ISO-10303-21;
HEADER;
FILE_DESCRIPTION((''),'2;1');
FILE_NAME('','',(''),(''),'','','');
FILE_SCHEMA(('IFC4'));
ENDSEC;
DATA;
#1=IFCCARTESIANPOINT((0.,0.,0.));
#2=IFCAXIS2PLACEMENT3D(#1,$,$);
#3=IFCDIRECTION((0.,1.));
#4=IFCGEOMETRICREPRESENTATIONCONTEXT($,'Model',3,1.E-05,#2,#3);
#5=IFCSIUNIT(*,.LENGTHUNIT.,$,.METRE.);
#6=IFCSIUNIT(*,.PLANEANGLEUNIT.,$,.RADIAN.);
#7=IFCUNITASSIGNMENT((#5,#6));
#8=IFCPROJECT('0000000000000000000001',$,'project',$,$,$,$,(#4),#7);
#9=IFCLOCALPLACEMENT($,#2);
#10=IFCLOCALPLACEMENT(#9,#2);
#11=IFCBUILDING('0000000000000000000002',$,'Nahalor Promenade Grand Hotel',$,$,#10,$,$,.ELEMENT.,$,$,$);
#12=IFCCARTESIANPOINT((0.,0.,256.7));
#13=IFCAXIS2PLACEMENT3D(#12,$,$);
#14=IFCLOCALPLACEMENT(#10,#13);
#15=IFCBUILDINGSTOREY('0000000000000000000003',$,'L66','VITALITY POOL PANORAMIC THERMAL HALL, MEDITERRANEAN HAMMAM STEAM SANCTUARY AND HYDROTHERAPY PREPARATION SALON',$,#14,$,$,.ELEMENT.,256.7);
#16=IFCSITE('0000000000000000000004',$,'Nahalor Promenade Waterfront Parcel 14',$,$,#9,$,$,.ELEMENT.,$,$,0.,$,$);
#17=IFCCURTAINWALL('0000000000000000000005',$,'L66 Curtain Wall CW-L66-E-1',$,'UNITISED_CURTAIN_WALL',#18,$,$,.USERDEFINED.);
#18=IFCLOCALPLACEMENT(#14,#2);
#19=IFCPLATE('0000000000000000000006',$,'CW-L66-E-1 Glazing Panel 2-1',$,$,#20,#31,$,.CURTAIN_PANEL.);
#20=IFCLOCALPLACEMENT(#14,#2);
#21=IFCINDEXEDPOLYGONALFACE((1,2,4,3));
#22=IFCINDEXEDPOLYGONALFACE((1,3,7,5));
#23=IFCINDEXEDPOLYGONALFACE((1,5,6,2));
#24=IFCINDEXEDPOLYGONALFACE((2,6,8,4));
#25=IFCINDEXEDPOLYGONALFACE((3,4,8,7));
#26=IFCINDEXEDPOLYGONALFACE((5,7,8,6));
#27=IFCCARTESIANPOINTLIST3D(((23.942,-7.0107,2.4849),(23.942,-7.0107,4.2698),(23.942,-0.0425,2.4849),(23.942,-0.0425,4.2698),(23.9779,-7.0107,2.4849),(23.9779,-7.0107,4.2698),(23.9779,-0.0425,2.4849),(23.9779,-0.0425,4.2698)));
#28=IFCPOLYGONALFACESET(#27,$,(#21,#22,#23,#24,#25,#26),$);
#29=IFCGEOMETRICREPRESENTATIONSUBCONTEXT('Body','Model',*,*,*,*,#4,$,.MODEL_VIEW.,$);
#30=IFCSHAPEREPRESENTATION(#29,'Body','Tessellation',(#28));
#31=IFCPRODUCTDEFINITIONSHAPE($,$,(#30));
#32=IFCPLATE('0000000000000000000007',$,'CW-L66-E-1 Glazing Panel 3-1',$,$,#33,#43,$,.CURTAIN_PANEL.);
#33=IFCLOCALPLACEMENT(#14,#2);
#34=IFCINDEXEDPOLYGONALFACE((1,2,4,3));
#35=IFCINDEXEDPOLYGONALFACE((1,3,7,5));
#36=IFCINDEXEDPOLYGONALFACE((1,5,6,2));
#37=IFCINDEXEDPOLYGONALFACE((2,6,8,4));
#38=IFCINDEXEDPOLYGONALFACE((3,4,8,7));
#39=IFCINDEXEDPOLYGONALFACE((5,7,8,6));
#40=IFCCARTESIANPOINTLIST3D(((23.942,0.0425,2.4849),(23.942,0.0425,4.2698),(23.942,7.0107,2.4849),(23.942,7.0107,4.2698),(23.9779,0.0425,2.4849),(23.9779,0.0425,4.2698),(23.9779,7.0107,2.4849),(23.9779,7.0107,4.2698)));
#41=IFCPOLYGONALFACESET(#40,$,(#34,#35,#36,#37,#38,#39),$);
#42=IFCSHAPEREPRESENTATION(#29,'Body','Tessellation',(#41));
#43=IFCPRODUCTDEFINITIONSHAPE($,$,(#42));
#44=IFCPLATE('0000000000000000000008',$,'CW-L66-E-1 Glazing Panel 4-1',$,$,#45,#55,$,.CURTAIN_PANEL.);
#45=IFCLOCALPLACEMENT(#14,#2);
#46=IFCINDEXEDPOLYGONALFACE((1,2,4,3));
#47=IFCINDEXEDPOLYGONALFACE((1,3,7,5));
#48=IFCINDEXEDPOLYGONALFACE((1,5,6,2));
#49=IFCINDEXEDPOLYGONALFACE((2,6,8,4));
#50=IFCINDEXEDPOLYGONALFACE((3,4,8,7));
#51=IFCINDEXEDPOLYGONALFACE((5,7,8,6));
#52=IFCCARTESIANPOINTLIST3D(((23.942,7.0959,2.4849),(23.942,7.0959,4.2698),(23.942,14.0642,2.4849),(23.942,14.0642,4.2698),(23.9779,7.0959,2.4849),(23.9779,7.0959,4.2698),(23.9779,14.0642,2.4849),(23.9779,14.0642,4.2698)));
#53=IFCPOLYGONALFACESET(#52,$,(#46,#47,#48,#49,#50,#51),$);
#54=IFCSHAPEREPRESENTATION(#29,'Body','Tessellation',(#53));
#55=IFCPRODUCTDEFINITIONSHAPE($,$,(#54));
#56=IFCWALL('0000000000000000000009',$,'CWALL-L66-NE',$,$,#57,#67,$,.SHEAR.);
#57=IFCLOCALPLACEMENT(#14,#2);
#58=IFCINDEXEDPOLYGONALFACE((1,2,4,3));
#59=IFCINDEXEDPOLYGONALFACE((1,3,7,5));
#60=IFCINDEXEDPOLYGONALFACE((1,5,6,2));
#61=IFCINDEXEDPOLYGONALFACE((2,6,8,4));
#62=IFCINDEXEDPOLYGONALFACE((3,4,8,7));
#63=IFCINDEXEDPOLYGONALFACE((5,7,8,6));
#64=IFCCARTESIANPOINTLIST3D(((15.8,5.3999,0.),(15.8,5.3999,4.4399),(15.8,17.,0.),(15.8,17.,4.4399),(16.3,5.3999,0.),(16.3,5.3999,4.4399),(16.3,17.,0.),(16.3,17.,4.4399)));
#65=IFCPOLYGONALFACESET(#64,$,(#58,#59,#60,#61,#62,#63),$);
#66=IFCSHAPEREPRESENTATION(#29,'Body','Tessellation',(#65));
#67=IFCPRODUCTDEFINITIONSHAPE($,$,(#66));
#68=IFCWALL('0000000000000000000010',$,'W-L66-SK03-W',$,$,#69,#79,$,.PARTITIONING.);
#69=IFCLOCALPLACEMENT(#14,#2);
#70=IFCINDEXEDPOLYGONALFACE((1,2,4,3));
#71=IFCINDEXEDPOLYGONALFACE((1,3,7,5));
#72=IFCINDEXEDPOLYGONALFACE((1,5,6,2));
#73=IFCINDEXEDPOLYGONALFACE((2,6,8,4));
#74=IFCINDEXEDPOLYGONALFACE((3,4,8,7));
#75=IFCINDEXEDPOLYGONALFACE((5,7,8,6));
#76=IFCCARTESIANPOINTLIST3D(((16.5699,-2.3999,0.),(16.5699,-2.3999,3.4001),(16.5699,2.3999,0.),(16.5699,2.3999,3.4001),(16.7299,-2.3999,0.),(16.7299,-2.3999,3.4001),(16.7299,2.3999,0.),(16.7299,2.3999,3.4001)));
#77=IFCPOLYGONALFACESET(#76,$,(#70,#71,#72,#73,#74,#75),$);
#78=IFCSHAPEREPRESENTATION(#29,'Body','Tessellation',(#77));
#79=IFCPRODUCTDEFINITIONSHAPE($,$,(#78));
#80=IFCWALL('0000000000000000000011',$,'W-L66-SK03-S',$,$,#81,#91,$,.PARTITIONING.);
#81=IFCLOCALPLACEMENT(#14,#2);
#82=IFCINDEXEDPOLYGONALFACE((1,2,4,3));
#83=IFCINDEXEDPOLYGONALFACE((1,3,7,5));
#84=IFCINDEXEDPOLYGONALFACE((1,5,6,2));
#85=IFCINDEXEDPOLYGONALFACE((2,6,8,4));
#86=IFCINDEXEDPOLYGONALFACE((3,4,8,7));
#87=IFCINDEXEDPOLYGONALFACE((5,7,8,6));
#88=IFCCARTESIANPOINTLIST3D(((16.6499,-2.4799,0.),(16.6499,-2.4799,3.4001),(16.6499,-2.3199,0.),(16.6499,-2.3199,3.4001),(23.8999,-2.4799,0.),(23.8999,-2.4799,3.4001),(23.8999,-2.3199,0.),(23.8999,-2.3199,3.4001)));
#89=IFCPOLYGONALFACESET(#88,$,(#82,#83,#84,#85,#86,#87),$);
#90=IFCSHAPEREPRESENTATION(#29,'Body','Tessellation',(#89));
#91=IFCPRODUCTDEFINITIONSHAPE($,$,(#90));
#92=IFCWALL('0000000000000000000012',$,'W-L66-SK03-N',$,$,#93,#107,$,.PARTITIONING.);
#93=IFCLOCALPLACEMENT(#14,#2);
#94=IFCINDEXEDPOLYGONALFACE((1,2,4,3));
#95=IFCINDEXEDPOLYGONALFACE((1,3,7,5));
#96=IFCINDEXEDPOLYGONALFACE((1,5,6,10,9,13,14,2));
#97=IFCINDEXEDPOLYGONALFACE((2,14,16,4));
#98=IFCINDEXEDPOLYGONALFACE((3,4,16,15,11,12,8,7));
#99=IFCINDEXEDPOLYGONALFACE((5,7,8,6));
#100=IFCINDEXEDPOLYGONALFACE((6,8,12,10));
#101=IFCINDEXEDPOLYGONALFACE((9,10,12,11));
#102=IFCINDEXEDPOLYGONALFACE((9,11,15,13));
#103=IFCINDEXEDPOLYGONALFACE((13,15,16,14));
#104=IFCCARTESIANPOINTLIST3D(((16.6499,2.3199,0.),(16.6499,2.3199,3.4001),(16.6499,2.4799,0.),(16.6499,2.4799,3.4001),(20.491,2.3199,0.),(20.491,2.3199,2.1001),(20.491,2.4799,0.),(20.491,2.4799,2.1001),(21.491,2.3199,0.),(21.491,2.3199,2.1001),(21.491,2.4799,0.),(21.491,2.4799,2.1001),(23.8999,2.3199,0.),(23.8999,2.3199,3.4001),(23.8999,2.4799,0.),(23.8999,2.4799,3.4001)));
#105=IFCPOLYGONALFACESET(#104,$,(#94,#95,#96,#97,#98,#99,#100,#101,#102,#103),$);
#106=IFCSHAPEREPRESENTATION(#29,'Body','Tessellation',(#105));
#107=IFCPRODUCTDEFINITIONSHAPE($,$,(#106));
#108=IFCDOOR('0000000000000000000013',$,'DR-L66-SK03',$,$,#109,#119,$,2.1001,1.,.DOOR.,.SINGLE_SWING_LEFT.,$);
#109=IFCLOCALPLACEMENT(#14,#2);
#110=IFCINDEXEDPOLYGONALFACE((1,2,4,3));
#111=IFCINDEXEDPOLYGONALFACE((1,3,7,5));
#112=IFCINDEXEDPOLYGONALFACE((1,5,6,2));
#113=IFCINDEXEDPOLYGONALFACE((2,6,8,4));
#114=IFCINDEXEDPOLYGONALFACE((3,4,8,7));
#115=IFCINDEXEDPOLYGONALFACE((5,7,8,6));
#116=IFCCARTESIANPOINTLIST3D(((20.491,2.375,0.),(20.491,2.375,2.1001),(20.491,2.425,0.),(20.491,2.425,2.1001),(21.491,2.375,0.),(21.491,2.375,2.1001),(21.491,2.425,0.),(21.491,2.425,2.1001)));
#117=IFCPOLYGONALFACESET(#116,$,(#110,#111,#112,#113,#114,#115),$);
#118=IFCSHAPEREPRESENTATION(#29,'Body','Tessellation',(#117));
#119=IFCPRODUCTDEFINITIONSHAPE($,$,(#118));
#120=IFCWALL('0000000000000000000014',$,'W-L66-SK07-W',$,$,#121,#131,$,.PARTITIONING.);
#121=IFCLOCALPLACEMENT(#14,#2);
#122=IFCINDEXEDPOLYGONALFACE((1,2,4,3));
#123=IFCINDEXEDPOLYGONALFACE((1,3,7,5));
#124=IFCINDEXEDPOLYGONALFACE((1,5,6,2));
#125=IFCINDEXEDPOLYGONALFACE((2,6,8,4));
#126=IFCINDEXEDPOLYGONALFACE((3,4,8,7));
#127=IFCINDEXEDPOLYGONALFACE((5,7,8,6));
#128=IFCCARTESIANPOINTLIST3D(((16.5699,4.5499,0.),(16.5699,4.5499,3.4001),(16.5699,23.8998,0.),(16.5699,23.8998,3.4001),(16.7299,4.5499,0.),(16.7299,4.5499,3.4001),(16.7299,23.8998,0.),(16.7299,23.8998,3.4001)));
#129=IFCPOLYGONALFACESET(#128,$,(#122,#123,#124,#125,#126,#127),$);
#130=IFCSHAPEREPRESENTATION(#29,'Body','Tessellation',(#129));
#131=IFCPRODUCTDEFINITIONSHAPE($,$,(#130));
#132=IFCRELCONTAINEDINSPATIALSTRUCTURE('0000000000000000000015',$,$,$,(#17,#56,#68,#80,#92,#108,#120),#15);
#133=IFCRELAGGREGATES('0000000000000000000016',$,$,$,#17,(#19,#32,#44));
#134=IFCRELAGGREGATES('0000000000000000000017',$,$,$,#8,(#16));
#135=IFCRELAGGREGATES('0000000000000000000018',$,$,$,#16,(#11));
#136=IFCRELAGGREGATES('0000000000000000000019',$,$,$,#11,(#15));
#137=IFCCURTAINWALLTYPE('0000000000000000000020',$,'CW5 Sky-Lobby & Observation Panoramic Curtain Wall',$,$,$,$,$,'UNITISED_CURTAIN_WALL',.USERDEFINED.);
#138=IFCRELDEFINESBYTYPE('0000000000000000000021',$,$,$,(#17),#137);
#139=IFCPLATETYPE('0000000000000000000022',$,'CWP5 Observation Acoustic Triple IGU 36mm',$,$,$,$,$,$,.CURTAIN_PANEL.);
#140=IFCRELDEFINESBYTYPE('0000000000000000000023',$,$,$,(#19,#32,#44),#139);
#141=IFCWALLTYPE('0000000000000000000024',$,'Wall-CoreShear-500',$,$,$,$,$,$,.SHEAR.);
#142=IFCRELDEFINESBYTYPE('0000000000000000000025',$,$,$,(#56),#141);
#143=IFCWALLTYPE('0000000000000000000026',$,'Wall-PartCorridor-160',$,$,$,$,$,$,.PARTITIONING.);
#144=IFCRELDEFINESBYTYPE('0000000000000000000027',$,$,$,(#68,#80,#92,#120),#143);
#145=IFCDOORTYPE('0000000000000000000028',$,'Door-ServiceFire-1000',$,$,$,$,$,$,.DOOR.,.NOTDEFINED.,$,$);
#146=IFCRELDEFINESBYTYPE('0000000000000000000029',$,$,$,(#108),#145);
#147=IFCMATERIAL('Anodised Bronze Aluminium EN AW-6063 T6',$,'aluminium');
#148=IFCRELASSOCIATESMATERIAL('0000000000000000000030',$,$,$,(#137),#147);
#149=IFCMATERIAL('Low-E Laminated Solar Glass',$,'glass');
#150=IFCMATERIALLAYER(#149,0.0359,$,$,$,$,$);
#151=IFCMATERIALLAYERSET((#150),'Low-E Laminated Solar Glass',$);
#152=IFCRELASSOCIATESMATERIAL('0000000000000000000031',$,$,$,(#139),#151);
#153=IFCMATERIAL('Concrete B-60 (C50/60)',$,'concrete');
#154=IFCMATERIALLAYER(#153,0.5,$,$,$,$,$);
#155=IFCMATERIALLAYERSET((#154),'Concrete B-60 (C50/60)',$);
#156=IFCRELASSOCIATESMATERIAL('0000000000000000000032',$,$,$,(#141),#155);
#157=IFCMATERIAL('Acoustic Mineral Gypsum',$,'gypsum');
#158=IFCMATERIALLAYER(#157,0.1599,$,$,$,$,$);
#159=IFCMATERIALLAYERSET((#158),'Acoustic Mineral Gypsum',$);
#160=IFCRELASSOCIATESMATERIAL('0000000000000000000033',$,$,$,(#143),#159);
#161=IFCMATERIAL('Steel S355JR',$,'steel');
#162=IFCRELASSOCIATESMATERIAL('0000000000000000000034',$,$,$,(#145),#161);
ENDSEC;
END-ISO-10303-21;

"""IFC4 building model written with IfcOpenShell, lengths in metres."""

from ifc_helpers import new_model, si_unit, direction, frame, frame_2d, origin, origin_2d, place, context, subcontext, project, spatial, rectangle, extrude, source, transform, mapped, material, layer, layer_set, type_object, element, fill, aggregate, save


model = new_model("IFC4")

# Units and contexts
model_context = context("Model", 3, precision=1e-05, world=origin(), true_north=direction((0.0, 1.0)))
body_context = subcontext(model_context, "Body", "Model", "MODEL_VIEW")
ifc_project = project(units=[si_unit("LENGTHUNIT", "METRE"), si_unit("PLANEANGLEUNIT", "RADIAN")], contexts=[model_context])

# Site, building, storey
site_placement = place(None, origin())
site = spatial("IfcSite", under=ifc_project, at=site_placement, Name="Nahalor Promenade Waterfront Parcel 14", CompositionType="ELEMENT", RefElevation=0.0)
building_placement = place(site_placement, origin())
building = spatial("IfcBuilding", under=site, at=building_placement, Name="Nahalor Promenade Grand Hotel", CompositionType="ELEMENT")
storey_placement = place(building_placement, frame((0.0, 0.0, 256.7)))
storey = spatial("IfcBuildingStorey", under=building, at=storey_placement, Name="L66", Description="VITALITY POOL PANORAMIC THERMAL HALL, MEDITERRANEAN HAMMAM STEAM SANCTUARY AND HYDROTHERAPY PREPARATION SALON", CompositionType="ELEMENT", Elevation=256.7)

# Shared definitions
ifc_material_1 = material(Name="Steel S355JR", Category="steel")

# Curtain wall, plates
ifc_material_2 = material(Name="Anodised Bronze Aluminium EN AW-6063 T6", Category="aluminium")
curtain_wall_type = type_object("IfcCurtainWallType", Name="CW5 Sky-Lobby & Observation Panoramic Curtain Wall", ElementType="UNITISED_CURTAIN_WALL", PredefinedType="USERDEFINED", material=ifc_material_2)
curtain_wall_placement = place(storey_placement, origin())
curtain_wall = element("IfcCurtainWall", 1, at=curtain_wall_placement, inside=storey, type_object=curtain_wall_type, Name="L66 Curtain Wall CW-L66-E-1", ObjectType="UNITISED_CURTAIN_WALL", PredefinedType="USERDEFINED")
ifc_material_3 = material(Name="Low-E Laminated Solar Glass", Category="glass")
ifc_layer_1 = layer(ifc_material_3, 0.0359)
ifc_layer_set_1 = layer_set([ifc_layer_1], Name="Low-E Laminated Solar Glass")
plate_type = type_object("IfcPlateType", Name="CWP5 Observation Acoustic Triple IGU 36mm", PredefinedType="CURTAIN_PANEL", material=ifc_layer_set_1)
shared_shape_1 = source(origin(), body_context, "Body", "SweptSolid", [
    extrude(rectangle(XDim=6.9683, YDim=0.0359, at=origin_2d()), origin(), (0.0, 0.0, 1.0), 1.7849),
])
plate_1_placement = place(storey_placement, frame((23.96, -3.5266, 2.4849), z_axis=(0.0, 0.0, 1.0), x_axis=(0.0, 1.0, 0.0)))
plate_1 = element("IfcPlate", 2, at=plate_1_placement, type_object=plate_type, Name="CW-L66-E-1 Glazing Panel 2-1", PredefinedType="CURTAIN_PANEL", context=body_context, shape_type="MappedRepresentation", body=[
    mapped(shared_shape_1, transform((0.0, 0.0, 0.0), scale=1.0)),
])
plate_2_placement = place(storey_placement, frame((23.96, 3.5266, 2.4849), z_axis=(0.0, 0.0, 1.0), x_axis=(0.0, 1.0, 0.0)))
plate_2 = element("IfcPlate", 3, at=plate_2_placement, type_object=plate_type, Name="CW-L66-E-1 Glazing Panel 3-1", PredefinedType="CURTAIN_PANEL", context=body_context, shape_type="MappedRepresentation", body=[
    mapped(shared_shape_1, transform((0.0, 0.0, 0.0), scale=1.0)),
])
plate_3_placement = place(storey_placement, frame((23.96, 10.5801, 2.4849), z_axis=(0.0, 0.0, 1.0), x_axis=(0.0, 1.0, 0.0)))
plate_3 = element("IfcPlate", 4, at=plate_3_placement, type_object=plate_type, Name="CW-L66-E-1 Glazing Panel 4-1", PredefinedType="CURTAIN_PANEL", context=body_context, shape_type="MappedRepresentation", body=[
    mapped(shared_shape_1, transform((0.0, 0.0, 0.0), scale=1.0)),
])
aggregate(curtain_wall, [plate_1, plate_2, plate_3])

# Walls
ifc_material_4 = material(Name="Concrete B-60 (C50/60)", Category="concrete")
ifc_layer_2 = layer(ifc_material_4, 0.5)
ifc_layer_set_2 = layer_set([ifc_layer_2], Name="Concrete B-60 (C50/60)")
wall_type_1 = type_object("IfcWallType", Name="Wall-CoreShear-500", PredefinedType="SHEAR", material=ifc_layer_set_2)
shared_shape_2 = source(origin(), body_context, "Body", "SweptSolid", [
    extrude(rectangle(XDim=11.6001, YDim=0.5, at=frame_2d((5.8, 0.0))), origin(), (0.0, 0.0, 1.0), 4.4399),
])
wall_1_placement = place(storey_placement, frame((16.05, 5.3999, 0.0), z_axis=(0.0, 0.0, 1.0), x_axis=(0.0, 1.0, 0.0)))
element("IfcWall", 5, at=wall_1_placement, inside=storey, type_object=wall_type_1, Name="CWALL-L66-NE", PredefinedType="SHEAR", context=body_context, shape_type="MappedRepresentation", body=[
    mapped(shared_shape_2, transform((0.0, 0.0, 0.0), scale=1.0)),
])
ifc_material_5 = material(Name="Acoustic Mineral Gypsum", Category="gypsum")
ifc_layer_3 = layer(ifc_material_5, 0.1599)
ifc_layer_set_3 = layer_set([ifc_layer_3], Name="Acoustic Mineral Gypsum")
wall_type_2 = type_object("IfcWallType", Name="Wall-PartCorridor-160", PredefinedType="PARTITIONING", material=ifc_layer_set_3)
shared_shape_3 = source(origin(), body_context, "Body", "SweptSolid", [
    extrude(rectangle(XDim=4.7998, YDim=0.1599, at=frame_2d((2.3999, 0.0))), origin(), (0.0, 0.0, 1.0), 3.4001),
])
wall_2_placement = place(storey_placement, frame((16.6499, -2.3999, 0.0), z_axis=(0.0, 0.0, 1.0), x_axis=(0.0, 1.0, 0.0)))
element("IfcWall", 6, at=wall_2_placement, inside=storey, type_object=wall_type_2, Name="W-L66-SK03-W", PredefinedType="PARTITIONING", context=body_context, shape_type="MappedRepresentation", body=[
    mapped(shared_shape_3, transform((0.0, 0.0, 0.0), scale=1.0)),
])
shared_shape_4 = source(origin(), body_context, "Body", "SweptSolid", [
    extrude(rectangle(XDim=7.25, YDim=0.1599, at=frame_2d((3.625, 0.0))), origin(), (0.0, 0.0, 1.0), 3.4001),
])
wall_3_placement = place(storey_placement, frame((16.6499, -2.3999, 0.0), z_axis=(0.0, 0.0, 1.0), x_axis=(1.0, 0.0, 0.0)))
element("IfcWall", 7, at=wall_3_placement, inside=storey, type_object=wall_type_2, Name="W-L66-SK03-S", PredefinedType="PARTITIONING", context=body_context, shape_type="MappedRepresentation", body=[
    mapped(shared_shape_4, transform((0.0, 0.0, 0.0), scale=1.0)),
])

# Wall, opening, door
wall_4_placement = place(storey_placement, frame((16.6499, 2.3999, 0.0), z_axis=(0.0, 0.0, 1.0), x_axis=(1.0, 0.0, 0.0)))
wall_4 = element("IfcWall", 8, at=wall_4_placement, inside=storey, type_object=wall_type_2, Name="W-L66-SK03-N", PredefinedType="PARTITIONING", context=body_context, shape_type="MappedRepresentation", body=[
    mapped(shared_shape_4, transform((0.0, 0.0, 0.0), scale=1.0)),
])
opening_1_placement = place(wall_4_placement, frame((3.8411, 0.0, 0.0)))
opening_1 = element("IfcOpeningElement", 9, at=opening_1_placement, cuts=wall_4, PredefinedType="OPENING", context=body_context, shape_type="SweptSolid", body=[
    extrude(rectangle(XDim=1.0, YDim=2.1001, at=frame_2d((0.5, 1.05))), frame((0.0, 0.0898, 0.0), z_axis=(0.0, -1.0, 0.0), x_axis=(1.0, 0.0, 0.0)), (0.0, 0.0, 1.0), 0.1799),
])
door_type_1 = type_object("IfcDoorType", Name="Door-ServiceFire-1000", OperationType="NOTDEFINED", PredefinedType="DOOR", material=ifc_material_1)
shared_shape_5 = source(origin(), body_context, "Body", "SweptSolid", [
    extrude(rectangle(XDim=1.0, YDim=2.1001, at=frame_2d((0.5, 1.05))), frame((0.0, 0.0249, 0.0), z_axis=(0.0, -1.0, 0.0), x_axis=(1.0, 0.0, 0.0)), (0.0, 0.0, 1.0), 0.05),
])
door_1_placement = place(opening_1_placement, frame((1.0, 0.0, 0.0), z_axis=(0.0, 0.0, 1.0), x_axis=(-1.0, 0.0, 0.0)))
door_1 = element("IfcDoor", 10, at=door_1_placement, inside=storey, type_object=door_type_1, Name="DR-L66-SK03", OperationType="SINGLE_SWING_LEFT", OverallHeight=2.1001, OverallWidth=1.0, PredefinedType="DOOR", context=body_context, shape_type="MappedRepresentation", body=[
    mapped(shared_shape_5, transform((0.0, 0.0, 0.0), scale=1.0)),
])
fill(opening_1, door_1)

# Wall
shared_shape_6 = source(origin(), body_context, "Body", "SweptSolid", [
    extrude(rectangle(XDim=19.3499, YDim=0.1599, at=frame_2d((9.6748, 0.0))), origin(), (0.0, 0.0, 1.0), 3.4001),
])
wall_5_placement = place(storey_placement, frame((16.6499, 4.55, 0.0), z_axis=(0.0, 0.0, 1.0), x_axis=(0.0, 1.0, 0.0)))
element("IfcWall", 11, at=wall_5_placement, inside=storey, type_object=wall_type_2, Name="W-L66-SK07-W", PredefinedType="PARTITIONING", context=body_context, shape_type="MappedRepresentation", body=[
    mapped(shared_shape_6, transform((0.0, 0.0, 0.0), scale=1.0)),
])

save(model, "model.ifc")
